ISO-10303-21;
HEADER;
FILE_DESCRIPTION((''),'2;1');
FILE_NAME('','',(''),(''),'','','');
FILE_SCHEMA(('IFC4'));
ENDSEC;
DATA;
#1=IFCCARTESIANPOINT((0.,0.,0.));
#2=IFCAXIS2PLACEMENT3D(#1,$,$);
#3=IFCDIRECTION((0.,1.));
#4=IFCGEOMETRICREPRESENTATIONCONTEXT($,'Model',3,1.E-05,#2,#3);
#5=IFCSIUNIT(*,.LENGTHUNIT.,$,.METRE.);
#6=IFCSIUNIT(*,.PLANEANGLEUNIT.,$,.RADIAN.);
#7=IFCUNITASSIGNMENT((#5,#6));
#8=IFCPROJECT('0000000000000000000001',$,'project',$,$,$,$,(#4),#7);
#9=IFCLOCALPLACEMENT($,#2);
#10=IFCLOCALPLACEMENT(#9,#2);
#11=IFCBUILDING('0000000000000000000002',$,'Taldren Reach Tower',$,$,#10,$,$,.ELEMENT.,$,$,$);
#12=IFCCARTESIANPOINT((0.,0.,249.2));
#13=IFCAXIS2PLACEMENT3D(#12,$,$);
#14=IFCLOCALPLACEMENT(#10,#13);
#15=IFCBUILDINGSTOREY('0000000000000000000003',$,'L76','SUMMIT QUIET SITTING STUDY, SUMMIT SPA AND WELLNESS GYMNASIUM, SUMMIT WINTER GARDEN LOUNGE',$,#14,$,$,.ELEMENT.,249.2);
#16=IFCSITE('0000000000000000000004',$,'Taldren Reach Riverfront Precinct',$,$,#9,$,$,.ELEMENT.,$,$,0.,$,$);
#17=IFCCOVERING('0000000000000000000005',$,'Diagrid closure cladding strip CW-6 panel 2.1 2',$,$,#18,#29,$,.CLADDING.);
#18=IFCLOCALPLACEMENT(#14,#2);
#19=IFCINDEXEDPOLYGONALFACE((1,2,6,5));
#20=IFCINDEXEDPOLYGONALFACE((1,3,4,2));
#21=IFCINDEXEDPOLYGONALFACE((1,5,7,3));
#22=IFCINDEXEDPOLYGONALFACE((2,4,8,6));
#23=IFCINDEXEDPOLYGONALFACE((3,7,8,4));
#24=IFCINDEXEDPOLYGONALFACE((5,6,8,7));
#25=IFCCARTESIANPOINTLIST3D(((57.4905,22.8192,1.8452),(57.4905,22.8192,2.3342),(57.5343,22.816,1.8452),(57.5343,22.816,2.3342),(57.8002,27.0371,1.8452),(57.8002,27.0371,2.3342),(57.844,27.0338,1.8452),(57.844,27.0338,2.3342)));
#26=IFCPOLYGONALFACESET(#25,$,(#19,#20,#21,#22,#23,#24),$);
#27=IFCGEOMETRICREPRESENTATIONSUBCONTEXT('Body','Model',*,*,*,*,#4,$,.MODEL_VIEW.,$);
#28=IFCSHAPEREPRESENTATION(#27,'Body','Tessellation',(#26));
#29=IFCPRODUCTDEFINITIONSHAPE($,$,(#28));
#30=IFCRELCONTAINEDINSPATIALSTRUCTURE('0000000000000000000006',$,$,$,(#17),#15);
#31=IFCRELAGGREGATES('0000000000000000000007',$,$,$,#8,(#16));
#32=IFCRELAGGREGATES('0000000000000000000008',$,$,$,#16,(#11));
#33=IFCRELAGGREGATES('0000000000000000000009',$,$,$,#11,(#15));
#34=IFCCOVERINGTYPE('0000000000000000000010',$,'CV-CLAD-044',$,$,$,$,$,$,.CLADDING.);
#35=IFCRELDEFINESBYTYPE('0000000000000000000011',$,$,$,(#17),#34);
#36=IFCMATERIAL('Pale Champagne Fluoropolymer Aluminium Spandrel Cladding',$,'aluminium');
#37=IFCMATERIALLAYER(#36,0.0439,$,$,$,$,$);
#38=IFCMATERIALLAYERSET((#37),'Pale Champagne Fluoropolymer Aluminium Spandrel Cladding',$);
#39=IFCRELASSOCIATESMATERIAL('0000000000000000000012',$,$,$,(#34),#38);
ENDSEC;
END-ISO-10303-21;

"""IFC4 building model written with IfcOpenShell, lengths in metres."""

from ifc_helpers import new_model, si_unit, direction, frame, origin, origin_2d, place, context, subcontext, project, spatial, rectangle, extrude, source, transform, mapped, material, layer, layer_set, type_object, element, save


model = new_model("IFC4")

# Units and contexts
model_context = context("Model", 3, precision=1e-05, world=origin(), true_north=direction((0.0, 1.0)))
body_context = subcontext(model_context, "Body", "Model", "MODEL_VIEW")
ifc_project = project(units=[si_unit("LENGTHUNIT", "METRE"), si_unit("PLANEANGLEUNIT", "RADIAN")], contexts=[model_context])

# Site, building, storey
site_placement = place(None, origin())
site = spatial("IfcSite", under=ifc_project, at=site_placement, Name="Taldren Reach Riverfront Precinct", CompositionType="ELEMENT", RefElevation=0.0)
building_placement = place(site_placement, origin())
building = spatial("IfcBuilding", under=site, at=building_placement, Name="Taldren Reach Tower", CompositionType="ELEMENT")
storey_placement = place(building_placement, frame((0.0, 0.0, 249.2)))
storey = spatial("IfcBuildingStorey", under=building, at=storey_placement, Name="L76", Description="SUMMIT QUIET SITTING STUDY, SUMMIT SPA AND WELLNESS GYMNASIUM, SUMMIT WINTER GARDEN LOUNGE", CompositionType="ELEMENT", Elevation=249.2)

# Covering
ifc_material_1 = material(Name="Pale Champagne Fluoropolymer Aluminium Spandrel Cladding", Category="aluminium")
ifc_layer_1 = layer(ifc_material_1, 0.0439)
ifc_layer_set_1 = layer_set([ifc_layer_1], Name="Pale Champagne Fluoropolymer Aluminium Spandrel Cladding")
covering_type = type_object("IfcCoveringType", Name="CV-CLAD-044", PredefinedType="CLADDING", material=ifc_layer_set_1)
shared_shape_1 = source(origin(), body_context, "Body", "SweptSolid", [
    extrude(rectangle(XDim=4.2292, YDim=0.0439, at=origin_2d()), origin(), (0.0, 0.0, 1.0), 0.489),
])
covering_1_placement = place(storey_placement, frame((57.6672, 24.9265, 1.8452), z_axis=(0.0, 0.0, 1.0), x_axis=(0.073238, 0.997314, 0.0)))
element("IfcCovering", 1, at=covering_1_placement, inside=storey, type_object=covering_type, Name="Diagrid closure cladding strip CW-6 panel 2.1 2", PredefinedType="CLADDING", context=body_context, shape_type="MappedRepresentation", body=[
    mapped(shared_shape_1, transform((0.0, 0.0, 0.0), scale=1.0)),
])

save(model, "model.ifc")
